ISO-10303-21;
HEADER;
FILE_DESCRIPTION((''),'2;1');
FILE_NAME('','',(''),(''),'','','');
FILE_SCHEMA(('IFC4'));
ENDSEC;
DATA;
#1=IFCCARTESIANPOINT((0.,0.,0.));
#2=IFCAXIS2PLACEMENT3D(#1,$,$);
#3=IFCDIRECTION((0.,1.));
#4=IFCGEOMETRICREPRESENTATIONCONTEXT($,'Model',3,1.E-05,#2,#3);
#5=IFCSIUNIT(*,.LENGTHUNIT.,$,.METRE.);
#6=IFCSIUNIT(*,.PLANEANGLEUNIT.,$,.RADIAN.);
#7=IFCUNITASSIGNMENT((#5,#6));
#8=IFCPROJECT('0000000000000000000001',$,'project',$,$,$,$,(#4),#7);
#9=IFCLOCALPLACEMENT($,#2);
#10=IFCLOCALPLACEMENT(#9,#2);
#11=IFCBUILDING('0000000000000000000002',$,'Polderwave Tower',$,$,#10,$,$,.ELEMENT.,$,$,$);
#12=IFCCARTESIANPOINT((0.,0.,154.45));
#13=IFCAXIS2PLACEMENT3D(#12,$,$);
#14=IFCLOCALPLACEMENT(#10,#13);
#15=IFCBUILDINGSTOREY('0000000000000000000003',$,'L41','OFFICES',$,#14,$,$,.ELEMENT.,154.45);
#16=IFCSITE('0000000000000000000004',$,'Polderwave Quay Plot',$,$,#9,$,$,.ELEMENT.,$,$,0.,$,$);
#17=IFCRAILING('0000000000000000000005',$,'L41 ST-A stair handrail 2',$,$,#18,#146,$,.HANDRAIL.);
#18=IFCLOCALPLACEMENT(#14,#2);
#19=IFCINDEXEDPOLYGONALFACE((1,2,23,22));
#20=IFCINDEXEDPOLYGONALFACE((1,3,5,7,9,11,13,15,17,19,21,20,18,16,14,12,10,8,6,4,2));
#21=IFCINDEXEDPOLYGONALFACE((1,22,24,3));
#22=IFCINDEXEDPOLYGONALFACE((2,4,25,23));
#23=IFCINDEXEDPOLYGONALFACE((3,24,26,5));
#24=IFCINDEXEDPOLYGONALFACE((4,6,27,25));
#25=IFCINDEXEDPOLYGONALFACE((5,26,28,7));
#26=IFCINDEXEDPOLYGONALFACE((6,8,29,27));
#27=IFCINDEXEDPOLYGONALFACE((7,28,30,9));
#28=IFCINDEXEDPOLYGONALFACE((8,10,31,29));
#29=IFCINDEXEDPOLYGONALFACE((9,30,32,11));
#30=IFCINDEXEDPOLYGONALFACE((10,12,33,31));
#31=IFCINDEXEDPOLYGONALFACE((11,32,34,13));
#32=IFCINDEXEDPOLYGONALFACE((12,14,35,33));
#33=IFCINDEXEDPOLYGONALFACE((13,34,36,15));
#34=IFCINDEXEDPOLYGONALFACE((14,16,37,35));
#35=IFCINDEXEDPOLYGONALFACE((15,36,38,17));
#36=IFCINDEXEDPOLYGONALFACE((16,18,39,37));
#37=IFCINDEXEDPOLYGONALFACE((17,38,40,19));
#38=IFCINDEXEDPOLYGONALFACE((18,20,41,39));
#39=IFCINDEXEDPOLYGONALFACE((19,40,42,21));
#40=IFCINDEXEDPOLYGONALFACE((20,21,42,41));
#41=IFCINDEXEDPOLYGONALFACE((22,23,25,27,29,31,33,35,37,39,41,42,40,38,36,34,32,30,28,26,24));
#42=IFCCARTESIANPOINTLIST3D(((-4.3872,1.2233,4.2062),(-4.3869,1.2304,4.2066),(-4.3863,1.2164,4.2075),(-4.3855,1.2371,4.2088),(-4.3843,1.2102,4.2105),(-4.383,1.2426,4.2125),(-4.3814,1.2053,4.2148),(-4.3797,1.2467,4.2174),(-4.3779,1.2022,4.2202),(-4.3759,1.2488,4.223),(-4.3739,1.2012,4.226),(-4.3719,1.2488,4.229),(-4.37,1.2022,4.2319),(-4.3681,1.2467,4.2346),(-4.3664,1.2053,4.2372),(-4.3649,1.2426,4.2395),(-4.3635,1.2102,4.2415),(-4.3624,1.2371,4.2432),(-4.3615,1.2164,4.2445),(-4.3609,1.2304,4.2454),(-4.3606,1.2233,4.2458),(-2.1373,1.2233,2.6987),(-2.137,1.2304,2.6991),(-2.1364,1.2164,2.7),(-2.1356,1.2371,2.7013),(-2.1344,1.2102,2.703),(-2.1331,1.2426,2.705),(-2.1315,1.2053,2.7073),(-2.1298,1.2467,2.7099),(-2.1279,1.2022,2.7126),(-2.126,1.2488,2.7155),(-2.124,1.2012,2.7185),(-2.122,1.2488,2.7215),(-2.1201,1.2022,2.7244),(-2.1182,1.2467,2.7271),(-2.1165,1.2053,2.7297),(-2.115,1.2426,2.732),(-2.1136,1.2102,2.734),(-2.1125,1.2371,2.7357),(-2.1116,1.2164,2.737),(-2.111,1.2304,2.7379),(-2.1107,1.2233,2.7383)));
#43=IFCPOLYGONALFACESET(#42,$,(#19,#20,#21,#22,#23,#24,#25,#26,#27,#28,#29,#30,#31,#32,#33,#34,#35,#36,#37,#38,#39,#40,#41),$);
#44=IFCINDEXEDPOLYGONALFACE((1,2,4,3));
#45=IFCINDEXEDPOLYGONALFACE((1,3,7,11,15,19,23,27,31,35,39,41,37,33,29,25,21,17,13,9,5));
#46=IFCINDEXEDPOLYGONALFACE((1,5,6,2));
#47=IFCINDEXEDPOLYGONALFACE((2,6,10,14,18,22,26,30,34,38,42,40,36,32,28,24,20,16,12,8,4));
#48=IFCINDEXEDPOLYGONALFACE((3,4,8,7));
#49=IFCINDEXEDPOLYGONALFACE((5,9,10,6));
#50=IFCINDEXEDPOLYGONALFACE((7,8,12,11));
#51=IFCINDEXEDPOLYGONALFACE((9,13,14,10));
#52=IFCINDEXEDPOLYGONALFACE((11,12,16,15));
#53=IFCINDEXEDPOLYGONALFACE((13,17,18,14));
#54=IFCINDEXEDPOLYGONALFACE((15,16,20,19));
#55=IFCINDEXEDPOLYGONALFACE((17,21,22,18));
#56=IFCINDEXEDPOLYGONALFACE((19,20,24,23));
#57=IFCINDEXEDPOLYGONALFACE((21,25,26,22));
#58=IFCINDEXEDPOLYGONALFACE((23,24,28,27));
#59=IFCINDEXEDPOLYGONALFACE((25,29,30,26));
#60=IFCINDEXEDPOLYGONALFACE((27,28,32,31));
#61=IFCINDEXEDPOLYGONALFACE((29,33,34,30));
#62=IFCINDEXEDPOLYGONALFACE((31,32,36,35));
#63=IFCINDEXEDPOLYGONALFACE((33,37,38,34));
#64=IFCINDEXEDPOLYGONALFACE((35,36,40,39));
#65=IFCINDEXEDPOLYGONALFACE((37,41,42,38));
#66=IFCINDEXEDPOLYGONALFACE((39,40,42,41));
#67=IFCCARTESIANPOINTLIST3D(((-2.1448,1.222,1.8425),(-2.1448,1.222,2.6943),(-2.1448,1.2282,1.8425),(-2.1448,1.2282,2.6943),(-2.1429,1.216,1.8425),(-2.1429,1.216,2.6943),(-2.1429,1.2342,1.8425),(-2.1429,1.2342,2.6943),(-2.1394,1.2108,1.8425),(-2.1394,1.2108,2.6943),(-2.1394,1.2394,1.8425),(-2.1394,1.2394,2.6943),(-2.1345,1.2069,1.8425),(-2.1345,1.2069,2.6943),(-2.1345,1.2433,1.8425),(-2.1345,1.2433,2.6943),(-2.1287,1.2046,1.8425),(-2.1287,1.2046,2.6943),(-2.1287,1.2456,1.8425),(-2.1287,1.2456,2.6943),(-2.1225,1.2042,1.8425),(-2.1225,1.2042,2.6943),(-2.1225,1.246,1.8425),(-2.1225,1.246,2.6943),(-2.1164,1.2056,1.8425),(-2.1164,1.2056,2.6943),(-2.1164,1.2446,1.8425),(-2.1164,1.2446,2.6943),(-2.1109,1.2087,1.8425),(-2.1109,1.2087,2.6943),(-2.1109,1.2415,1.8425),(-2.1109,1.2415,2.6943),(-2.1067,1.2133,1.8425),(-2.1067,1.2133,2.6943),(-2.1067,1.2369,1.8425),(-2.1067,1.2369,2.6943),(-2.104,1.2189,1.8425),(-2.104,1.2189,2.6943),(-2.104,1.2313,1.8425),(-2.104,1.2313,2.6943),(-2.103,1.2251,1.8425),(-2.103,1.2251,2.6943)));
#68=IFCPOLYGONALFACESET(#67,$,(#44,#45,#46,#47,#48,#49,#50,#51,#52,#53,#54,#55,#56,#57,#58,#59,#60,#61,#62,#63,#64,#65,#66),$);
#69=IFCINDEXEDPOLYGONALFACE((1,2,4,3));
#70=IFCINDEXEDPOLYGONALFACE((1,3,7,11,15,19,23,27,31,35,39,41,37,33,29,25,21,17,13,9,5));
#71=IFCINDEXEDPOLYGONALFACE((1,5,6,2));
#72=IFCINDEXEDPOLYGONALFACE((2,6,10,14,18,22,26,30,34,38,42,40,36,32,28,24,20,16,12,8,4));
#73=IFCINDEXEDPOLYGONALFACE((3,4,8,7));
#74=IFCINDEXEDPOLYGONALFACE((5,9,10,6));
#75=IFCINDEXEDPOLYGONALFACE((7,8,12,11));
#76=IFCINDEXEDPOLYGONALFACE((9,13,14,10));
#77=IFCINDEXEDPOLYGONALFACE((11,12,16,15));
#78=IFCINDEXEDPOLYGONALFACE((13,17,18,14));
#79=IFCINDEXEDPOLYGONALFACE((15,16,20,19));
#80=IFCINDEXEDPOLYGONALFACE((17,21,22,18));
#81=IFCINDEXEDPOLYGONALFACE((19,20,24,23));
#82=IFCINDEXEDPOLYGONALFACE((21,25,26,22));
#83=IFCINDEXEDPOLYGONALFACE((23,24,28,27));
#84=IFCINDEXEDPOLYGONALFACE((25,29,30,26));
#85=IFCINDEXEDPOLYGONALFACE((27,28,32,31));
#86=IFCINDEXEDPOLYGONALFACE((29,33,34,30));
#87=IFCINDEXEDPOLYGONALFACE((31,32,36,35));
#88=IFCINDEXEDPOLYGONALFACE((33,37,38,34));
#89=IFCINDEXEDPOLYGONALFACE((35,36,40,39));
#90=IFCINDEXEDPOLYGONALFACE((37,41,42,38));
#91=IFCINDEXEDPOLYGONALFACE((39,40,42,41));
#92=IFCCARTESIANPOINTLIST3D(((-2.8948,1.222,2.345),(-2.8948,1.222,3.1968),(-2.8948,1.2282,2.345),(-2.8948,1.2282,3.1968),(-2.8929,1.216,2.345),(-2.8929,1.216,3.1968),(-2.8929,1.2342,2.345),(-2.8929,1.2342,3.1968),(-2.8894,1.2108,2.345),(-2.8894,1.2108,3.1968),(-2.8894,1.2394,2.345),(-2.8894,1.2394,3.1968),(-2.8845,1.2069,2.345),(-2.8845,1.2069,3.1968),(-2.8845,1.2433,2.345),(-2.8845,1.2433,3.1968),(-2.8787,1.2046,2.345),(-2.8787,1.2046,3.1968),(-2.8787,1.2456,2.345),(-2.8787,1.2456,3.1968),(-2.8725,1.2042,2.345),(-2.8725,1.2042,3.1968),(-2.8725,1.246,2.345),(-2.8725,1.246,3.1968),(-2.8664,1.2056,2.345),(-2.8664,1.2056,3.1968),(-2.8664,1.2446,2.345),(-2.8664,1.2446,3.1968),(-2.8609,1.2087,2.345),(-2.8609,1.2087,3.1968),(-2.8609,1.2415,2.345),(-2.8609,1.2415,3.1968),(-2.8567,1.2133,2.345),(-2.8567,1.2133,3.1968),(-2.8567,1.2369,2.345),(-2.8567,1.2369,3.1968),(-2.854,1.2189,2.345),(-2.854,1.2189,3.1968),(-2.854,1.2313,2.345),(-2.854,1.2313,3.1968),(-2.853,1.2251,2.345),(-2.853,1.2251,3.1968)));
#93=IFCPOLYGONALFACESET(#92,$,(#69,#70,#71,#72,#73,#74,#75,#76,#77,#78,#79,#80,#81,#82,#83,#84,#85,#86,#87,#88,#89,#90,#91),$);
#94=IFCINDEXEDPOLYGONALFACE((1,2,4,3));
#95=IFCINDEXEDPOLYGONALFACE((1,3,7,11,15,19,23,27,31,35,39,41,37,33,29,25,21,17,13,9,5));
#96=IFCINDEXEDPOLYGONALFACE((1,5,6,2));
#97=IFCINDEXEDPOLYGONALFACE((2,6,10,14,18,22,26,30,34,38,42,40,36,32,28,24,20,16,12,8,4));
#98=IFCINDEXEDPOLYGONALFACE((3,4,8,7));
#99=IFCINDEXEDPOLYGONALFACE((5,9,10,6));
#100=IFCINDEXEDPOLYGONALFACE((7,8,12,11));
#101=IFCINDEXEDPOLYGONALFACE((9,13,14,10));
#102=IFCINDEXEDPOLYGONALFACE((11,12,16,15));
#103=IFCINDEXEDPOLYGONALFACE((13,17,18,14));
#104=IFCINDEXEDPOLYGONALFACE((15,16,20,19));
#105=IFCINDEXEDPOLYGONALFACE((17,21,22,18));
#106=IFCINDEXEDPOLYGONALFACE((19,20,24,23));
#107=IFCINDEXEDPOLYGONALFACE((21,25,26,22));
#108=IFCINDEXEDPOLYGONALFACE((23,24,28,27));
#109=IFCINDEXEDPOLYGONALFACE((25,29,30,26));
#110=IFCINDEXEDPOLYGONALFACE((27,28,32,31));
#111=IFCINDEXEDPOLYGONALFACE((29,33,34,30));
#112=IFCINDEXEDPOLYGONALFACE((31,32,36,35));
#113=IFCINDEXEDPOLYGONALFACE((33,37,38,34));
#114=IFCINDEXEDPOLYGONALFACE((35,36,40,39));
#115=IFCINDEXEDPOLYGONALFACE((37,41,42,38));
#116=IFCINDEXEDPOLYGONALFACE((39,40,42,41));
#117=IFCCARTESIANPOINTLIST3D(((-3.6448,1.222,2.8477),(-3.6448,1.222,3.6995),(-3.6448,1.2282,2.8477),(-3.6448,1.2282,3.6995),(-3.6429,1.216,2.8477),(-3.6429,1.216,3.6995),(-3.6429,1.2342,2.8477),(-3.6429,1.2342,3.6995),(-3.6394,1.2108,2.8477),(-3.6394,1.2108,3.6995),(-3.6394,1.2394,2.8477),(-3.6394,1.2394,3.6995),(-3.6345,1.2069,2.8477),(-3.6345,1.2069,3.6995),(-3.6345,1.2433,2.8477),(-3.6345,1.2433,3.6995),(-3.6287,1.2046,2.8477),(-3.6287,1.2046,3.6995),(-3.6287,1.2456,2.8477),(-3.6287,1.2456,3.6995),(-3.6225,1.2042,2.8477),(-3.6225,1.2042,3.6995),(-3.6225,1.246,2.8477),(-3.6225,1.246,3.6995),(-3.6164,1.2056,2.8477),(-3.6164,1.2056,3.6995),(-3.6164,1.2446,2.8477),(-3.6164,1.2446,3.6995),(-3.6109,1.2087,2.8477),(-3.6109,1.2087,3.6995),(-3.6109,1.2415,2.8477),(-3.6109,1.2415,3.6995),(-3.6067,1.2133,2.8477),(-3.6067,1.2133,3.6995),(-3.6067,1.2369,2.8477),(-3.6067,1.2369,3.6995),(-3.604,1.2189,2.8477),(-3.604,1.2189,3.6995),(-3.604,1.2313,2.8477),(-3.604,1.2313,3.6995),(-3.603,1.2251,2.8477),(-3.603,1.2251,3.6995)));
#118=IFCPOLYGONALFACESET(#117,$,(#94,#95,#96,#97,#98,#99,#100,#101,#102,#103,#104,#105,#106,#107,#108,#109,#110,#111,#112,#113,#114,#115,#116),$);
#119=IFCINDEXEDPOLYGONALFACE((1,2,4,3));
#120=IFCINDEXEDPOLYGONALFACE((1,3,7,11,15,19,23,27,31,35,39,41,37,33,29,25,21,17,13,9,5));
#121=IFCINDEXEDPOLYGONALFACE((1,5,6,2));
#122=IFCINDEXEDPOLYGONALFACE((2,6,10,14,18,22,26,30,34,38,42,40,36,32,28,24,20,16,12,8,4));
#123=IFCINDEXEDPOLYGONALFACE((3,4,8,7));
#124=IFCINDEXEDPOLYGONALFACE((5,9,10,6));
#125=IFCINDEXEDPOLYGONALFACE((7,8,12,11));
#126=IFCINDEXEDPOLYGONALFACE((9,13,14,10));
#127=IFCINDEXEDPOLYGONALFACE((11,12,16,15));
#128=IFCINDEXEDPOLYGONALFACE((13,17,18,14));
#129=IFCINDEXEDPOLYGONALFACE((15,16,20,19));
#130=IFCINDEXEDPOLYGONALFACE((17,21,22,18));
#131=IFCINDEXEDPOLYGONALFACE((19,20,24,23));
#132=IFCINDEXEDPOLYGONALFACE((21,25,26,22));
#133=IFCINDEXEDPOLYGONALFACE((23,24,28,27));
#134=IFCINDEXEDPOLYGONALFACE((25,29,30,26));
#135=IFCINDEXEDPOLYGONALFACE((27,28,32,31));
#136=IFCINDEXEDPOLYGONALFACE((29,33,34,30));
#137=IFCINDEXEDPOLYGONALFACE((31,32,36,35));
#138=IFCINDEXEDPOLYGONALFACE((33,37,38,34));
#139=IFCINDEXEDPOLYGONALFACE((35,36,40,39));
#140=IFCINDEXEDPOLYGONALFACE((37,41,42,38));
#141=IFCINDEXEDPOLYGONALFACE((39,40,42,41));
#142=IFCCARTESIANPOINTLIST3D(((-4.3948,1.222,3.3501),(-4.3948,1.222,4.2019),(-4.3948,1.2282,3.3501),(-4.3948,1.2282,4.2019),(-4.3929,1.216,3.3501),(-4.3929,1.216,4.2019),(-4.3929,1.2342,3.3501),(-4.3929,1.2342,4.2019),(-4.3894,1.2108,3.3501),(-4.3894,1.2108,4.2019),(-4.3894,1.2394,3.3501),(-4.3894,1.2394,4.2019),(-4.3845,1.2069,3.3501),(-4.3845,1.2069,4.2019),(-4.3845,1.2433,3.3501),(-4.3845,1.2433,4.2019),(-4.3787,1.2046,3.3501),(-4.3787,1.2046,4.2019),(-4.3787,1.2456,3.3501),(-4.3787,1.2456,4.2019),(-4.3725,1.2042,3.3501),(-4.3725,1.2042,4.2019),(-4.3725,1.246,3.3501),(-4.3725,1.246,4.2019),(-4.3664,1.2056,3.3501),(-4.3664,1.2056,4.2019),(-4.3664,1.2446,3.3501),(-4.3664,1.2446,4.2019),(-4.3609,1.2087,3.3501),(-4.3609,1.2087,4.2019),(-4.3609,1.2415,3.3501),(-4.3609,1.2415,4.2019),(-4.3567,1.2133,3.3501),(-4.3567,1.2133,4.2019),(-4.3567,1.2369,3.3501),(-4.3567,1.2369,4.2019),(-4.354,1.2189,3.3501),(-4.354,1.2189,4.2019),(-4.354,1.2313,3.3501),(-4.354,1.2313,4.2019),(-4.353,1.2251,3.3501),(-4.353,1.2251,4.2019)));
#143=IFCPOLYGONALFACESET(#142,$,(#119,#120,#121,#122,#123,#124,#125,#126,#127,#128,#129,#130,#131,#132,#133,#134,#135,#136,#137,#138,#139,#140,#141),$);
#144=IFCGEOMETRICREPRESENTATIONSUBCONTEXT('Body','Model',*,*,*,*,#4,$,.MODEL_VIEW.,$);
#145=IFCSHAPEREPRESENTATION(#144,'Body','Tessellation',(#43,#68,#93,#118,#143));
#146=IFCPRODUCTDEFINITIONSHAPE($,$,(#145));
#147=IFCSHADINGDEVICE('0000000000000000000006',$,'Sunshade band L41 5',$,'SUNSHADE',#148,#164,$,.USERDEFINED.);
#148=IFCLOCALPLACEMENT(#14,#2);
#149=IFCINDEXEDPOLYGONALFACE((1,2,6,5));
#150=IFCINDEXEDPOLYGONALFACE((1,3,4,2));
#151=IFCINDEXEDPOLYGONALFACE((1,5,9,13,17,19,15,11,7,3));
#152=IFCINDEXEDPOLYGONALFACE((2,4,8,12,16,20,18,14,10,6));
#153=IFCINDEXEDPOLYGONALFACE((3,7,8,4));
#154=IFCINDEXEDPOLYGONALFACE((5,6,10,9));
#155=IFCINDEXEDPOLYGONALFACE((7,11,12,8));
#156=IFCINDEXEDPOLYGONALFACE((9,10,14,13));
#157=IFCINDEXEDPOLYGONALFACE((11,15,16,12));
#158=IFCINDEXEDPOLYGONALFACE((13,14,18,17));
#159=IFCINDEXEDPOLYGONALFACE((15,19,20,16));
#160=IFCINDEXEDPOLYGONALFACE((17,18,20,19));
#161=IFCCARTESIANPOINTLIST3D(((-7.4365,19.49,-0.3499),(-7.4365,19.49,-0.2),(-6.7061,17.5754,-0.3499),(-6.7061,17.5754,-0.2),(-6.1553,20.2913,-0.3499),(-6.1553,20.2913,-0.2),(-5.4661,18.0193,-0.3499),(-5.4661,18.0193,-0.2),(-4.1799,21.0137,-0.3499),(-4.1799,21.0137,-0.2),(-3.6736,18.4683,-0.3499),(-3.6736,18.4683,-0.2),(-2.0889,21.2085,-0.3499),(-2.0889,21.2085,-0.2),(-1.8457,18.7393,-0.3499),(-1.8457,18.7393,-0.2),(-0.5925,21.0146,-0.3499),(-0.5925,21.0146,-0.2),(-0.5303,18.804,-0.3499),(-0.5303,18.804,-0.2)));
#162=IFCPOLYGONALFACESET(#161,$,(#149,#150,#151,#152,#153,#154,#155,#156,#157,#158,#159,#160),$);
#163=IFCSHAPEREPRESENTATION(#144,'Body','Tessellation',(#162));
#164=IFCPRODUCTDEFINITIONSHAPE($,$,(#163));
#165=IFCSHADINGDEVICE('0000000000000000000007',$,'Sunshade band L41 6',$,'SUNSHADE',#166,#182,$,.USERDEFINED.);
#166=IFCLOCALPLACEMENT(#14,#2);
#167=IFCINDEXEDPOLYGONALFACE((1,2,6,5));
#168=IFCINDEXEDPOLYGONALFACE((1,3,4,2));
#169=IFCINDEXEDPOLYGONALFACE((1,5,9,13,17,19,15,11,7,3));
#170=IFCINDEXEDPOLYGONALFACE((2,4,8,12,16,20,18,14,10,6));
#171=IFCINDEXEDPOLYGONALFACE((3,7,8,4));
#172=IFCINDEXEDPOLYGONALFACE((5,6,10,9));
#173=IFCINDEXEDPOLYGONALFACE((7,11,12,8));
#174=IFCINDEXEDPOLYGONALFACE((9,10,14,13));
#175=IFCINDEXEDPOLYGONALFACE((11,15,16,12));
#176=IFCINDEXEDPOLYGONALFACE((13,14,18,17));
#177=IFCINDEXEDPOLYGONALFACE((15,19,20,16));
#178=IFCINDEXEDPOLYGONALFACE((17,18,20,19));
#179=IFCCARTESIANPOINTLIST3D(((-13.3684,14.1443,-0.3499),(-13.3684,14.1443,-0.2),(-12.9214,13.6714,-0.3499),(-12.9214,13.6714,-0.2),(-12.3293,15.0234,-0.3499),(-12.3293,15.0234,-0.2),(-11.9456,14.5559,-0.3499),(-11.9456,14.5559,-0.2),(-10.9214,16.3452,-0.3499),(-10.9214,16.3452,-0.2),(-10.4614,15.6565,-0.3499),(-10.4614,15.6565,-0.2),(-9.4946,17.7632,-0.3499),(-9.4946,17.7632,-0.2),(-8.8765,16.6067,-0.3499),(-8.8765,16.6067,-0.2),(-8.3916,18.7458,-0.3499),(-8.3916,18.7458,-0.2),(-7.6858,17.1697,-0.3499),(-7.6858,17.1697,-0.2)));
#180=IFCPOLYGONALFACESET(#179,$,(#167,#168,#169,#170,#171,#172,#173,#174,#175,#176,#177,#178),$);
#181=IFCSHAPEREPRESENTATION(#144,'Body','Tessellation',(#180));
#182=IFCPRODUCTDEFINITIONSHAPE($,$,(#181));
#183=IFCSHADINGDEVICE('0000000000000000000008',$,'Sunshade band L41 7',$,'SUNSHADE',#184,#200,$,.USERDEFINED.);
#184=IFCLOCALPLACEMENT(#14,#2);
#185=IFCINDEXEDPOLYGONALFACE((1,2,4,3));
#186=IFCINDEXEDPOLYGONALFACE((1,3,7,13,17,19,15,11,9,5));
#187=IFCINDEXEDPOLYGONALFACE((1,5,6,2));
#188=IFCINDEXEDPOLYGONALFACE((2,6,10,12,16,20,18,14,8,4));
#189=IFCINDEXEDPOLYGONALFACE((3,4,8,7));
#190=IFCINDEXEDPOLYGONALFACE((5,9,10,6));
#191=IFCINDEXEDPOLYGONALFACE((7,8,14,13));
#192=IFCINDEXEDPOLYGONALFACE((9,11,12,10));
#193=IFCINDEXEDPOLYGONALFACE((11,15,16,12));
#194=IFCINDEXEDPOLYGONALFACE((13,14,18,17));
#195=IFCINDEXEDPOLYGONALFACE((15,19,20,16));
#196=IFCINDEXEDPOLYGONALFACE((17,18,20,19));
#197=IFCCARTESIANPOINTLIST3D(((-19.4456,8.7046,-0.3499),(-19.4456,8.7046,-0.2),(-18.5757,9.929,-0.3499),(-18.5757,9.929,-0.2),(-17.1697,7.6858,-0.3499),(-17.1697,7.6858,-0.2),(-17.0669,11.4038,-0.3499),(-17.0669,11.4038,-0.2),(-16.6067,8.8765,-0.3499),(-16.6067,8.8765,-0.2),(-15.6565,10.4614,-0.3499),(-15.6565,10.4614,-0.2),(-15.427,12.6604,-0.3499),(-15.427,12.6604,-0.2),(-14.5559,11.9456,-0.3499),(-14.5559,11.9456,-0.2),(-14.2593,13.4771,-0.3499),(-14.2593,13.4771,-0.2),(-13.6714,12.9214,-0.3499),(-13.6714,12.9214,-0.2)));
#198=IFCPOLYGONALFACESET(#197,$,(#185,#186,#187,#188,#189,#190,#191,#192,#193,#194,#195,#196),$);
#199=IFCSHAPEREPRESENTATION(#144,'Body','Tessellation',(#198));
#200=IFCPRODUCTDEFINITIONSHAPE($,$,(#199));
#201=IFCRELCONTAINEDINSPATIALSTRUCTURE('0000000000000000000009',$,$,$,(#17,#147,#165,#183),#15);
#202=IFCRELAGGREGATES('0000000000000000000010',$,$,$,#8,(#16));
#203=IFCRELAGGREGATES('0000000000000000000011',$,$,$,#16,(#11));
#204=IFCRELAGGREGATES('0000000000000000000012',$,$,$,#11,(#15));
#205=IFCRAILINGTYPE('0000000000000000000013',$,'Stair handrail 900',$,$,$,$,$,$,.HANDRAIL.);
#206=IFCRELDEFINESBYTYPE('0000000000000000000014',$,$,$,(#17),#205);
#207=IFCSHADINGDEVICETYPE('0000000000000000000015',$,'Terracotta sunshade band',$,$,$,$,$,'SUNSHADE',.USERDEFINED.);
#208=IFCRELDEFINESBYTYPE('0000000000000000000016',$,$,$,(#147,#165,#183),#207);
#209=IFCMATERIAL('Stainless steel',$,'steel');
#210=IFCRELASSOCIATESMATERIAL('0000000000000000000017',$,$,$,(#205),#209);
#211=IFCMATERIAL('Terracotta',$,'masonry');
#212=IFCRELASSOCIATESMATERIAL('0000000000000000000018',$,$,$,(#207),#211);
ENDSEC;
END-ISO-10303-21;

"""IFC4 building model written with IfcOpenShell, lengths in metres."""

from ifc_helpers import new_model, si_unit, direction, frame, origin, origin_2d, place, context, subcontext, project, spatial, polyline, circle, outline, extrude, material, type_object, element, save


model = new_model("IFC4")

# Units and contexts
model_context = context("Model", 3, precision=1e-05, world=origin(), true_north=direction((0.0, 1.0)))
body_context = subcontext(model_context, "Body", "Model", "MODEL_VIEW")
ifc_project = project(units=[si_unit("LENGTHUNIT", "METRE"), si_unit("PLANEANGLEUNIT", "RADIAN")], contexts=[model_context])

# Site, building, storey
site_placement = place(None, origin())
site = spatial("IfcSite", under=ifc_project, at=site_placement, Name="Polderwave Quay Plot", CompositionType="ELEMENT", RefElevation=0.0)
building_placement = place(site_placement, origin())
building = spatial("IfcBuilding", under=site, at=building_placement, Name="Polderwave Tower", CompositionType="ELEMENT")
storey_placement = place(building_placement, frame((0.0, 0.0, 154.45)))
storey = spatial("IfcBuildingStorey", under=building, at=storey_placement, Name="L41", Description="OFFICES", CompositionType="ELEMENT", Elevation=154.45)

# Shared definitions
ifc_material_1 = material(Name="Stainless steel", Category="steel")

# Railing
railing_type_1 = type_object("IfcRailingType", Name="Stair handrail 900", PredefinedType="HANDRAIL", material=ifc_material_1)
railing_1_placement = place(storey_placement, frame((-2.124, 1.2251, 1.8425)))
element("IfcRailing", 1, at=railing_1_placement, inside=storey, type_object=railing_type_1, Name="L41 ST-A stair handrail 2", PredefinedType="HANDRAIL", context=body_context, shape_type="SweptSolid", body=[
    extrude(circle(Radius=0.0239, at=origin_2d()), frame((0.0, 0.0, 0.876), z_axis=(-0.830758, 0.0, 0.556633), x_axis=(0.0, -1.0, 0.0)), (0.0, 0.0, 1.0), 2.7083),
    extrude(circle(Radius=0.021, at=origin_2d()), origin(), (0.0, 0.0, 1.0), 0.8518),
    extrude(circle(Radius=0.021, at=origin_2d()), frame((-0.75, 0.0, 0.5024)), (0.0, 0.0, 1.0), 0.8518),
    extrude(circle(Radius=0.021, at=origin_2d()), frame((-1.5, 0.0, 1.0051)), (0.0, 0.0, 1.0), 0.8518),
    extrude(circle(Radius=0.021, at=origin_2d()), frame((-2.25, 0.0, 1.5076)), (0.0, 0.0, 1.0), 0.8518),
])

# Shading devices
ifc_material_2 = material(Name="Terracotta", Category="masonry")
shading_device_type = type_object("IfcShadingDeviceType", Name="Terracotta sunshade band", ElementType="SUNSHADE", PredefinedType="USERDEFINED", material=ifc_material_2)
shading_device_1_placement = place(storey_placement, frame((0.0, 0.0, -0.3499)))
element("IfcShadingDevice", 2, at=shading_device_1_placement, inside=storey, type_object=shading_device_type, Name="Sunshade band L41 5", ObjectType="SUNSHADE", PredefinedType="USERDEFINED", context=body_context, shape_type="SweptSolid", body=[
    extrude(outline(polyline([(-0.5303, 18.804), (-1.8457, 18.7393), (-3.6736, 18.4683), (-5.4661, 18.0193), (-6.7061, 17.5754), (-7.4365, 19.49), (-6.1553, 20.2913), (-4.1799, 21.0137), (-2.0889, 21.2085), (-0.5925, 21.0146), (-0.5303, 18.804)])), origin(), (0.0, 0.0, 1.0), 0.1499),
])
shading_device_2_placement = place(storey_placement, frame((0.0, 0.0, -0.3499)))
element("IfcShadingDevice", 3, at=shading_device_2_placement, inside=storey, type_object=shading_device_type, Name="Sunshade band L41 6", ObjectType="SUNSHADE", PredefinedType="USERDEFINED", context=body_context, shape_type="SweptSolid", body=[
    extrude(outline(polyline([(-7.6858, 17.1697), (-8.8765, 16.6067), (-10.4614, 15.6565), (-11.9456, 14.5559), (-12.9214, 13.6714), (-13.3684, 14.1443), (-12.3293, 15.0234), (-10.9214, 16.3452), (-9.4946, 17.7632), (-8.3916, 18.7458), (-7.6858, 17.1697)])), origin(), (0.0, 0.0, 1.0), 0.1499),
])
shading_device_3_placement = place(storey_placement, frame((0.0, 0.0, -0.3499)))
element("IfcShadingDevice", 4, at=shading_device_3_placement, inside=storey, type_object=shading_device_type, Name="Sunshade band L41 7", ObjectType="SUNSHADE", PredefinedType="USERDEFINED", context=body_context, shape_type="SweptSolid", body=[
    extrude(outline(polyline([(-13.6714, 12.9214), (-14.5559, 11.9456), (-15.6565, 10.4614), (-16.6067, 8.8765), (-17.1697, 7.6858), (-19.4456, 8.7046), (-18.5757, 9.929), (-17.0669, 11.4038), (-15.427, 12.6604), (-14.2593, 13.4771), (-13.6714, 12.9214)])), origin(), (0.0, 0.0, 1.0), 0.1499),
])

save(model, "model.ifc")
